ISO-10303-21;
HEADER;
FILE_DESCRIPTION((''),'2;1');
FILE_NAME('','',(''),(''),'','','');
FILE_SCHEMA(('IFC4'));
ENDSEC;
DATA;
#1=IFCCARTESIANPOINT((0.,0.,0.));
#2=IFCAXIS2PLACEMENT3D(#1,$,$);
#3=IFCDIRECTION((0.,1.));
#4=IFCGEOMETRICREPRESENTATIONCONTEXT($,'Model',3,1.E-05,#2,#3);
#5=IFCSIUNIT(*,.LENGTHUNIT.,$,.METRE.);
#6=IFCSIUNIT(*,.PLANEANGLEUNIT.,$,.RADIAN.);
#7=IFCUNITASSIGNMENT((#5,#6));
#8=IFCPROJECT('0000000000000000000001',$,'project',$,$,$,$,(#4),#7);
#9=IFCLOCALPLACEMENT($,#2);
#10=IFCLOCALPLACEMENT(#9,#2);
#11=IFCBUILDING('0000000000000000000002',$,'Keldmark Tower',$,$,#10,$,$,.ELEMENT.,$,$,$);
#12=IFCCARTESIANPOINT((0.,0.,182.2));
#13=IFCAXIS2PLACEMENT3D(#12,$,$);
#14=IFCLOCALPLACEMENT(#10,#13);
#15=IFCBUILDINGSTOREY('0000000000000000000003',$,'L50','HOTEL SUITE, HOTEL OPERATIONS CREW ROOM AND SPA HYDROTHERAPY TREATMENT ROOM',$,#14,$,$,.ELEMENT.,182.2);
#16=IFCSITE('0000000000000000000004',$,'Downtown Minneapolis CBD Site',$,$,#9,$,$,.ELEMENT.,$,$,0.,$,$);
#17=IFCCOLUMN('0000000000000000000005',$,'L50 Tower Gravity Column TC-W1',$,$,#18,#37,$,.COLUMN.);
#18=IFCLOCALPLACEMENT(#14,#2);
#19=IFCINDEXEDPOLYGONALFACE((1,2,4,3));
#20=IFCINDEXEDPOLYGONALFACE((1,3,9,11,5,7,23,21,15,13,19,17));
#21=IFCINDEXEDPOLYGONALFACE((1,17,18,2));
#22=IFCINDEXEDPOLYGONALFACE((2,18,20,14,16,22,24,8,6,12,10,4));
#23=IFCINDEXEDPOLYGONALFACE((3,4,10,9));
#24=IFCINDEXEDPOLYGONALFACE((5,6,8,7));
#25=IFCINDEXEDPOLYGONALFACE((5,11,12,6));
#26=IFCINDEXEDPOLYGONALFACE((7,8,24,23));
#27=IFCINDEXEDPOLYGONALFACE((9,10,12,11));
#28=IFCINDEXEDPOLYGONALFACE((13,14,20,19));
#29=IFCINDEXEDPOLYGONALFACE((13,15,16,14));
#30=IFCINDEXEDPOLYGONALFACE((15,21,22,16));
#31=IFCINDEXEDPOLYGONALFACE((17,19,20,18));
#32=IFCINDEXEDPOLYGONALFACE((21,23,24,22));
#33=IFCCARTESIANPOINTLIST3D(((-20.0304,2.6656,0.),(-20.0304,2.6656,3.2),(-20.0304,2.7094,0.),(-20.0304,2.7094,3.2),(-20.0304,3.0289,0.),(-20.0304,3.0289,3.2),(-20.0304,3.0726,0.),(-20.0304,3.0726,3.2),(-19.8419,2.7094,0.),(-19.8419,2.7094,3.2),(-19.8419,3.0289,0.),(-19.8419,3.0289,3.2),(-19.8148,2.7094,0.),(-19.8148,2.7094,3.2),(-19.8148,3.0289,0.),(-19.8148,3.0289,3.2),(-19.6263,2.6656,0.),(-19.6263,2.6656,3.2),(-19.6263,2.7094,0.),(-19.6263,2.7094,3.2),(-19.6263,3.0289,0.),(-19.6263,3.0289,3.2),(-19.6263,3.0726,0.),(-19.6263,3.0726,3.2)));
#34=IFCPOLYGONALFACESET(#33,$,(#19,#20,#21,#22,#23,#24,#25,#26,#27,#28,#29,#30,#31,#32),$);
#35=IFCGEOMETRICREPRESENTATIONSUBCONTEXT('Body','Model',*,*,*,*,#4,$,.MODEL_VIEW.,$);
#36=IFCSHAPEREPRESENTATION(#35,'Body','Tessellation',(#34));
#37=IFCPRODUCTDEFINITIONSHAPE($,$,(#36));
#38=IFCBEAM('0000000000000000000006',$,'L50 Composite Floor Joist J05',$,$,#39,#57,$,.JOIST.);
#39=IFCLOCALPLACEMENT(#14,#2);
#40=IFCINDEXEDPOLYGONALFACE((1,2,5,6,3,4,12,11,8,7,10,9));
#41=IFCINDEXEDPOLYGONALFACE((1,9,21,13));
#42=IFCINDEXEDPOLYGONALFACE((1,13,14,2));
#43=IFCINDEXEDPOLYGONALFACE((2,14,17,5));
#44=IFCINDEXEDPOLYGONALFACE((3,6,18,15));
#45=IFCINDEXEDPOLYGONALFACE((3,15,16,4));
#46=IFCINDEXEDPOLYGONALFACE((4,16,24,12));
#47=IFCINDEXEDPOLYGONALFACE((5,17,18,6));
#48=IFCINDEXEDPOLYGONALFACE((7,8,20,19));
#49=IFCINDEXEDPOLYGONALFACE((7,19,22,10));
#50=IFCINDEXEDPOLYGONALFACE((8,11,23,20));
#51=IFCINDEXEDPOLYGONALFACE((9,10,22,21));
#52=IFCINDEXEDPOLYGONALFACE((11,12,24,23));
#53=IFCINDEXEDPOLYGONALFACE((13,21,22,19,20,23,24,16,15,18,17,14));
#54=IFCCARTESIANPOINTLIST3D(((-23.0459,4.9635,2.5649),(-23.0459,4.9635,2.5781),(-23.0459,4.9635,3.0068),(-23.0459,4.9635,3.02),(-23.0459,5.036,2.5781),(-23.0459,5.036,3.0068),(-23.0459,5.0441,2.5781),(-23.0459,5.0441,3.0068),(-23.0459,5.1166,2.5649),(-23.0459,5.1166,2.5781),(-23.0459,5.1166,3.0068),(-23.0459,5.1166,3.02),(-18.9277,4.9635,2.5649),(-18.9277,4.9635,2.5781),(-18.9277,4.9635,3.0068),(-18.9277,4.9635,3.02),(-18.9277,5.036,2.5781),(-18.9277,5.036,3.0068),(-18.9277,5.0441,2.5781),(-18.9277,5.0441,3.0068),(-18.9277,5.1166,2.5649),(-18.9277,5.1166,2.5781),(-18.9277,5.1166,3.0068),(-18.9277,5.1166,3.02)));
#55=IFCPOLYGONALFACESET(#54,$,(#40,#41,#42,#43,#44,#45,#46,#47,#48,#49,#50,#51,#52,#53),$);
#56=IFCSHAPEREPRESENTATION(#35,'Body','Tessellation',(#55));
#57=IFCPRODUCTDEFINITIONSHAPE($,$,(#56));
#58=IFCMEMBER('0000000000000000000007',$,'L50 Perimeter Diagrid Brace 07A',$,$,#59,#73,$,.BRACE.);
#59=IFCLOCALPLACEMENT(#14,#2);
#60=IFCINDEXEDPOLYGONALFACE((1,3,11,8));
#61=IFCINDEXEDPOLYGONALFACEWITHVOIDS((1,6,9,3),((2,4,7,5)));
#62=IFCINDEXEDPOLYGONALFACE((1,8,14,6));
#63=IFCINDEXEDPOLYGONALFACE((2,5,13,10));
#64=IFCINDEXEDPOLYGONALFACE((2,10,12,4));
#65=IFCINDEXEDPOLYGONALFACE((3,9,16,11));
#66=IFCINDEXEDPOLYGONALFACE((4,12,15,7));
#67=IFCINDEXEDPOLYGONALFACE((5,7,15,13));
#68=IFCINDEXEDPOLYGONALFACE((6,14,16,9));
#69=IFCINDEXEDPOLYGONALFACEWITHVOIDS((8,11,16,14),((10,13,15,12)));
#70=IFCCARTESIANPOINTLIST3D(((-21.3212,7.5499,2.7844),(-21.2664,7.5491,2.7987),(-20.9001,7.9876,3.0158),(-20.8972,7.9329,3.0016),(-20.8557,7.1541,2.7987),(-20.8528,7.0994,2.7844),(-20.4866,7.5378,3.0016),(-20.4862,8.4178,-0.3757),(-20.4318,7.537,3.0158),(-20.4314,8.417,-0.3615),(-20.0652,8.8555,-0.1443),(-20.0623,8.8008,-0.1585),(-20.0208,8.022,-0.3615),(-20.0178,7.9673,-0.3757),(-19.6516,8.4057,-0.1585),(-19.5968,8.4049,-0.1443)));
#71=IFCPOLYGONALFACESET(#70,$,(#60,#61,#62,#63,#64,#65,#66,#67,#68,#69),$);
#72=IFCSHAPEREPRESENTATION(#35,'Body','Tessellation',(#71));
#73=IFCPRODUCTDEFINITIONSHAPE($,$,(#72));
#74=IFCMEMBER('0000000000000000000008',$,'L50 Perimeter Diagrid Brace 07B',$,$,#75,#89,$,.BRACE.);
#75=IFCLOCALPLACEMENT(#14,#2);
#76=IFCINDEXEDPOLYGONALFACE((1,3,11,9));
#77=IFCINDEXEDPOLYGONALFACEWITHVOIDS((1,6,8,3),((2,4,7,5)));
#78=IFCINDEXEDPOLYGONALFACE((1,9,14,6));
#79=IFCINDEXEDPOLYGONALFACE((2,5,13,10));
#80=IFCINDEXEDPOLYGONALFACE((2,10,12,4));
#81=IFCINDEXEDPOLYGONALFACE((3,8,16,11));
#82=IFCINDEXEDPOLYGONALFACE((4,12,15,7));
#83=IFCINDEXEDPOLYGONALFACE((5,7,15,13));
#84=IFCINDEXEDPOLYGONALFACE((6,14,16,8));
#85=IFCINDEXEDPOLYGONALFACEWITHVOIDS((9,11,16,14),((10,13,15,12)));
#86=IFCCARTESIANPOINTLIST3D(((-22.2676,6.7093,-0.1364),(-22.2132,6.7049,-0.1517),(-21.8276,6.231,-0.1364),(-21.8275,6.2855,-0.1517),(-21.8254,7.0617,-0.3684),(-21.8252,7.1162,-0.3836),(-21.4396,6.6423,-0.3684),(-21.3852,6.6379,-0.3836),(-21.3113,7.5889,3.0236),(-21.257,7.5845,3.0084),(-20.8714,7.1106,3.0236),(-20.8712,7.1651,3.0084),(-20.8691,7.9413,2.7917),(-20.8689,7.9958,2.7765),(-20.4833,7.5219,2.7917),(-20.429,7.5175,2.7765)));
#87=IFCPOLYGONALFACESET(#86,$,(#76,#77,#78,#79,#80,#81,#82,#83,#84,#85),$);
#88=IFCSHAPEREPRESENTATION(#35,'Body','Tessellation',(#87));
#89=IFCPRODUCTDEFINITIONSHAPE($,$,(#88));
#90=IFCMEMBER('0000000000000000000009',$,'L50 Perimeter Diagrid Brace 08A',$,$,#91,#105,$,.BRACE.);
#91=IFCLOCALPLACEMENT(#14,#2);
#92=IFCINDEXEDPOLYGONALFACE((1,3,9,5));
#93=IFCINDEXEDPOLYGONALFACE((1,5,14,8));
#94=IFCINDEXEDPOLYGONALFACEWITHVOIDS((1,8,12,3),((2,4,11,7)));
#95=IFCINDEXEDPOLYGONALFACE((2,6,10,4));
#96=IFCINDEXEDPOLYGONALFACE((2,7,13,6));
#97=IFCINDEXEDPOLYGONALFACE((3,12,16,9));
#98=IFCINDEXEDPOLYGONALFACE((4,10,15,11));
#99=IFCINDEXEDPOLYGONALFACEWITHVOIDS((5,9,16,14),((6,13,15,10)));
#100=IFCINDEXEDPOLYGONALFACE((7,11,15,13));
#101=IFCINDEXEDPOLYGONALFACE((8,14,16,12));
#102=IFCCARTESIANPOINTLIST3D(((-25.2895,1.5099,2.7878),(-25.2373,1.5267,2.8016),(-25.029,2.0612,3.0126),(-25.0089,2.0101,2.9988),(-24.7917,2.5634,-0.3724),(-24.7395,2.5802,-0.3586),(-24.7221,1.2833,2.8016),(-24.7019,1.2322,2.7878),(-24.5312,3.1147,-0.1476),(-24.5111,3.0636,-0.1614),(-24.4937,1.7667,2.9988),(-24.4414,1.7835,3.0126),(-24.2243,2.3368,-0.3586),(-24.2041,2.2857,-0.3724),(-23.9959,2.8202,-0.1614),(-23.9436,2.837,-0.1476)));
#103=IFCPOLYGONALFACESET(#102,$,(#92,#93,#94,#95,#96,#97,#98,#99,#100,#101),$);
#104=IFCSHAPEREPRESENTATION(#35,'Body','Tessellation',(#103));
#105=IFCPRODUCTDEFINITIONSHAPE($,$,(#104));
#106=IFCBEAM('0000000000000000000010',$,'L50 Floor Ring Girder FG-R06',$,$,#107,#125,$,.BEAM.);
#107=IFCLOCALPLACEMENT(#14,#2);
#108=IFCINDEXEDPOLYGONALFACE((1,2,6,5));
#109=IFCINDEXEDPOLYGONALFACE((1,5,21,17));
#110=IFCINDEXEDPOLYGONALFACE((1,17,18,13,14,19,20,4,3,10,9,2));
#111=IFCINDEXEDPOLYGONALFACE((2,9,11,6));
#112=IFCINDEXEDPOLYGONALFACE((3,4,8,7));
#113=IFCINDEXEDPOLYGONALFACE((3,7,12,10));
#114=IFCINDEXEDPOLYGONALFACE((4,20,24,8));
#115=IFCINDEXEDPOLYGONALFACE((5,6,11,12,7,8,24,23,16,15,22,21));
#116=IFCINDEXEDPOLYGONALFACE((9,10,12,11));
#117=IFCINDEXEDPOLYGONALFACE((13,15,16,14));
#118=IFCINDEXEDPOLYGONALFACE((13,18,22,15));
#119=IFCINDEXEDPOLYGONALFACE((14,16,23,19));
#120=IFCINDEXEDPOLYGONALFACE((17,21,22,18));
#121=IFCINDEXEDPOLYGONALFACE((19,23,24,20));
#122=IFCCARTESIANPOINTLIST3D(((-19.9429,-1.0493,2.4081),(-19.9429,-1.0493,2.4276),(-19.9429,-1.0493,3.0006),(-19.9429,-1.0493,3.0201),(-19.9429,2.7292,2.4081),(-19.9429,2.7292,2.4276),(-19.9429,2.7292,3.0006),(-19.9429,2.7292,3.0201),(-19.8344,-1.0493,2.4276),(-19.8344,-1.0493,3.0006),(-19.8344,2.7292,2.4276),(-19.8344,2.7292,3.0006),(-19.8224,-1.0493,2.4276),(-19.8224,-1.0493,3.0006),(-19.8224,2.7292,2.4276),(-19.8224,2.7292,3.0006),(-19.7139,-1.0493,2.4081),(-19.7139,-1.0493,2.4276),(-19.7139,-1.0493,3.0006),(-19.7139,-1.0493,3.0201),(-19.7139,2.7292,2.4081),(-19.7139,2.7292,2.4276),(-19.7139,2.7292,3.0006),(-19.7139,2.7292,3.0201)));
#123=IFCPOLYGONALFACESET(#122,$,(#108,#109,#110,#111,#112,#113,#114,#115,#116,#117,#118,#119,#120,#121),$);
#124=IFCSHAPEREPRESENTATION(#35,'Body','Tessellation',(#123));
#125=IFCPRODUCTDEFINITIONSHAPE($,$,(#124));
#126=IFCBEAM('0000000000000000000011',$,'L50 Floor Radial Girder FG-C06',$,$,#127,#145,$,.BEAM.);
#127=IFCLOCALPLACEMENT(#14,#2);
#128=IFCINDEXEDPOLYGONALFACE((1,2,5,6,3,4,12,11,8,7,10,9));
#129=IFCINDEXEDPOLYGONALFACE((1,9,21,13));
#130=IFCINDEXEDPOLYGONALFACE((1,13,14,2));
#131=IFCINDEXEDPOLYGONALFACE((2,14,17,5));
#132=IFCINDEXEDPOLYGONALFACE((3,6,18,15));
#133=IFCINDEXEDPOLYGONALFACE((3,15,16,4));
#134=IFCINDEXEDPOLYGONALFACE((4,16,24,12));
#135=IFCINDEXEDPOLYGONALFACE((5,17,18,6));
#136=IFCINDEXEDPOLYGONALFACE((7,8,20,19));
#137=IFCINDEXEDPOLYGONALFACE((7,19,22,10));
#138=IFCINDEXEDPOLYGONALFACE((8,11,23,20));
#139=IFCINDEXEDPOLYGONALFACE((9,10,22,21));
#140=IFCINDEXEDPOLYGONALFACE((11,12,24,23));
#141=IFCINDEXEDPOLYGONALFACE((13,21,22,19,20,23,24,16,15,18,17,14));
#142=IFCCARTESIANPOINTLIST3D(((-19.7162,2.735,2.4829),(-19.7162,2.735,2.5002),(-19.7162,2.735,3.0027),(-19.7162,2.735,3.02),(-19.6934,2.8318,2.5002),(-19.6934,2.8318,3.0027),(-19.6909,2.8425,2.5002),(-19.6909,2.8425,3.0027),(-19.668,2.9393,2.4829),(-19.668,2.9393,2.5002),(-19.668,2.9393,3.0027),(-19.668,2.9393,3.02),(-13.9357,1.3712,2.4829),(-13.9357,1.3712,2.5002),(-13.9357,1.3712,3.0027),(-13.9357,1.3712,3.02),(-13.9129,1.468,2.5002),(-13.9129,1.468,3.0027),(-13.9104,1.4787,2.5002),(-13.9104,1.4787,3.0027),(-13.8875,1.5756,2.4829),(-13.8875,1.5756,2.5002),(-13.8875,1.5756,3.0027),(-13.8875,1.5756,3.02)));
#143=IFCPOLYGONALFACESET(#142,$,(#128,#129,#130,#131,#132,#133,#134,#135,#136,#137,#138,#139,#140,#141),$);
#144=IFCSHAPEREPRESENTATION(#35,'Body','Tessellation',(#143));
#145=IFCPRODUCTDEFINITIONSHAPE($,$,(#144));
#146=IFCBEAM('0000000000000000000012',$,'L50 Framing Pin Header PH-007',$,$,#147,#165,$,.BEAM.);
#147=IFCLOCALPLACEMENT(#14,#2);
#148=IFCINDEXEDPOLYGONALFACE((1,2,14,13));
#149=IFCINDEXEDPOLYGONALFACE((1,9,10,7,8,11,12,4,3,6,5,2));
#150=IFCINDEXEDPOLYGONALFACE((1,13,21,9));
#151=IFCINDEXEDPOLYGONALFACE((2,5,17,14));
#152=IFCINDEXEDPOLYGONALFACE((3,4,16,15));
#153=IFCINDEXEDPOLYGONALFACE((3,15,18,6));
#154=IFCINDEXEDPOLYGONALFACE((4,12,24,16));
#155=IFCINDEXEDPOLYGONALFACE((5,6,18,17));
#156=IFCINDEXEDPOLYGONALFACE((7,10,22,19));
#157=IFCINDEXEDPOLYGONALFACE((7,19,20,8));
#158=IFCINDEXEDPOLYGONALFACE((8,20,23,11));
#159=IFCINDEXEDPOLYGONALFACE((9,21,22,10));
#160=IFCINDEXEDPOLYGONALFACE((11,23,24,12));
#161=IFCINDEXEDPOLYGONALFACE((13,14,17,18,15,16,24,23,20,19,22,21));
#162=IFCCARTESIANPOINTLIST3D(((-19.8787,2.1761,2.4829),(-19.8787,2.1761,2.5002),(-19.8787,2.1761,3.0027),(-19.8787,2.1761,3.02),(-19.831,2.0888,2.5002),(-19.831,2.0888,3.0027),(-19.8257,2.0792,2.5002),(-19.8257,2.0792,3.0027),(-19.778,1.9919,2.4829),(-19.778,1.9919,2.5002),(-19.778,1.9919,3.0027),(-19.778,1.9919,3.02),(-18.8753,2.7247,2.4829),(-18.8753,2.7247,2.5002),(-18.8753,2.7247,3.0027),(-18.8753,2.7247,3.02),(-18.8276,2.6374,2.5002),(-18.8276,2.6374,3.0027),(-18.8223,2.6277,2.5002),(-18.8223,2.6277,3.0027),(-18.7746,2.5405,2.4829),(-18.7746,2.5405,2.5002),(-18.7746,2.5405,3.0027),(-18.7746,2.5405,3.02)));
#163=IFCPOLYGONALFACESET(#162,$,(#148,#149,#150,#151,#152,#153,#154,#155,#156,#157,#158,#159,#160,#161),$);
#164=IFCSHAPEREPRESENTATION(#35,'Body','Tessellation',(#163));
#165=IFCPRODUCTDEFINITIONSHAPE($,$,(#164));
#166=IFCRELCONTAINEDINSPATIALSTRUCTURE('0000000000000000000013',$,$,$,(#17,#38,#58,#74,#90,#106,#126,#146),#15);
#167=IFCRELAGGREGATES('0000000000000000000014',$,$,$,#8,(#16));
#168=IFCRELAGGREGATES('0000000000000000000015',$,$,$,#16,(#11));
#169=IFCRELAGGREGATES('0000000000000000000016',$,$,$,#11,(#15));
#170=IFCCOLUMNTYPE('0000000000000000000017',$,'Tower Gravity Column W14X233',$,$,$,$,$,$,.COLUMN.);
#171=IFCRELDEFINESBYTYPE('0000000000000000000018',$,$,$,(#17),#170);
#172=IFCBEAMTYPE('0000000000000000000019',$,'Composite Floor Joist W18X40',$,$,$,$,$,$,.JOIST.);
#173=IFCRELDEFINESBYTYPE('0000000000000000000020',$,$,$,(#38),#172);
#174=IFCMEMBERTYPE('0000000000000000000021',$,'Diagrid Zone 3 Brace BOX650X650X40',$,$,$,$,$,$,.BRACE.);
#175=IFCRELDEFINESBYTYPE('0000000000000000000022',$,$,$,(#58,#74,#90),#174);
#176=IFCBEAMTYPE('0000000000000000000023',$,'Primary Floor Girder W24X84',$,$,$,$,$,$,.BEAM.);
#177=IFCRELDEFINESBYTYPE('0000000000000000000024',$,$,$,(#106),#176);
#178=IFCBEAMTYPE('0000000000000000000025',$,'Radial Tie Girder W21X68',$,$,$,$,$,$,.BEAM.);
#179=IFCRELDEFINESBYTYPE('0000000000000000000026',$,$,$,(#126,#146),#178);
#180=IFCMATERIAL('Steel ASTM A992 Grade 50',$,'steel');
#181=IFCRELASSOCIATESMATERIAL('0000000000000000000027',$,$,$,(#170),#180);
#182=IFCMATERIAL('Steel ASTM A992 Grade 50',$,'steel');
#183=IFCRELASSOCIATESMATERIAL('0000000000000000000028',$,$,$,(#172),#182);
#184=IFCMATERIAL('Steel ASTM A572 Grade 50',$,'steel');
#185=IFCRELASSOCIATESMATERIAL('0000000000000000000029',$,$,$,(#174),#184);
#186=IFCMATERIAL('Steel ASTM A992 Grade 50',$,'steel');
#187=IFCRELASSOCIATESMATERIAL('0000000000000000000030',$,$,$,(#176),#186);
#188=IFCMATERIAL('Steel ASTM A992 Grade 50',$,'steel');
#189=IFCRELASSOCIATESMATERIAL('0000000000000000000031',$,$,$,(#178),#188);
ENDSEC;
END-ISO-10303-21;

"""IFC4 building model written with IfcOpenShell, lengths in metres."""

from ifc_helpers import new_model, si_unit, direction, frame, origin, origin_2d, place, context, subcontext, project, spatial, hollow_rectangle, i_section, extrude, material, material_profile, profile_set, type_object, element, save


model = new_model("IFC4")

# Units and contexts
model_context = context("Model", 3, precision=1e-05, world=origin(), true_north=direction((0.0, 1.0)))
body_context = subcontext(model_context, "Body", "Model", "MODEL_VIEW")
ifc_project = project(units=[si_unit("LENGTHUNIT", "METRE"), si_unit("PLANEANGLEUNIT", "RADIAN")], contexts=[model_context])

# Site, building, storey
site_placement = place(None, origin())
site = spatial("IfcSite", under=ifc_project, at=site_placement, Name="Downtown Minneapolis CBD Site", CompositionType="ELEMENT", RefElevation=0.0)
building_placement = place(site_placement, origin())
building = spatial("IfcBuilding", under=site, at=building_placement, Name="Keldmark Tower", CompositionType="ELEMENT")
storey_placement = place(building_placement, frame((0.0, 0.0, 182.2)))
storey = spatial("IfcBuildingStorey", under=building, at=storey_placement, Name="L50", Description="HOTEL SUITE, HOTEL OPERATIONS CREW ROOM AND SPA HYDROTHERAPY TREATMENT ROOM", CompositionType="ELEMENT", Elevation=182.2)

# Column
ifc_material_1 = material(Name="Steel ASTM A992 Grade 50", Category="steel")
ifc_material_profile_1 = material_profile(ifc_material_1, i_section(OverallWidth=0.4041, OverallDepth=0.407, WebThickness=0.0271, FlangeThickness=0.0437, at=origin_2d()), Name="W14X233")
ifc_profile_set_1 = profile_set([ifc_material_profile_1], Name="Steel ASTM A992 Grade 50")
column_type = type_object("IfcColumnType", Name="Tower Gravity Column W14X233", PredefinedType="COLUMN", material=ifc_profile_set_1)
column_placement = place(storey_placement, frame((-19.8284, 2.8691, 0.0), z_axis=(0.0, 0.0, 1.0), x_axis=(1.0, 0.0, 0.0)))
element("IfcColumn", 1, at=column_placement, inside=storey, type_object=column_type, Name="L50 Tower Gravity Column TC-W1", PredefinedType="COLUMN", context=body_context, shape_type="SweptSolid", body=[
    extrude(i_section(OverallWidth=0.4041, OverallDepth=0.407, WebThickness=0.0271, FlangeThickness=0.0437, at=origin_2d()), origin(), (0.0, 0.0, 1.0), 3.2),
])

# Beam
ifc_material_2 = material(Name="Steel ASTM A992 Grade 50", Category="steel")
ifc_material_profile_2 = material_profile(ifc_material_2, i_section(OverallWidth=0.1531, OverallDepth=0.4551, WebThickness=0.0081, FlangeThickness=0.0132, at=origin_2d()), Name="W18X40")
ifc_profile_set_2 = profile_set([ifc_material_profile_2], Name="Steel ASTM A992 Grade 50")
beam_type_1 = type_object("IfcBeamType", Name="Composite Floor Joist W18X40", PredefinedType="JOIST", material=ifc_profile_set_2)
beam_1_placement = place(storey_placement, frame((-23.0459, 5.04, 2.7925), z_axis=(1.0, 0.0, 0.0), x_axis=(0.0, 1.0, 0.0)))
element("IfcBeam", 2, at=beam_1_placement, inside=storey, type_object=beam_type_1, Name="L50 Composite Floor Joist J05", PredefinedType="JOIST", context=body_context, shape_type="SweptSolid", body=[
    extrude(i_section(OverallWidth=0.1531, OverallDepth=0.4551, WebThickness=0.0081, FlangeThickness=0.0132, at=origin_2d()), origin(), (0.0, 0.0, 1.0), 4.1182),
])

# Members
ifc_material_3 = material(Name="Steel ASTM A572 Grade 50", Category="steel")
ifc_material_profile_3 = material_profile(ifc_material_3, hollow_rectangle(XDim=0.6499, YDim=0.6499, WallThickness=0.04, at=origin_2d()), Name="BOX650X650X40")
ifc_profile_set_3 = profile_set([ifc_material_profile_3], Name="Steel ASTM A572 Grade 50")
member_type = type_object("IfcMemberType", Name="Diagrid Zone 3 Brace BOX650X650X40", PredefinedType="BRACE", material=ifc_profile_set_3)
member_1_placement = place(storey_placement, frame((-20.0415, 8.4114, -0.26), z_axis=(-0.246893, -0.256639, 0.934441), x_axis=(0.720658, -0.693291, 0.0)))
element("IfcMember", 3, at=member_1_placement, inside=storey, type_object=member_type, Name="L50 Perimeter Diagrid Brace 07A", PredefinedType="BRACE", context=body_context, shape_type="SweptSolid", body=[
    extrude(hollow_rectangle(XDim=0.6499, YDim=0.6499, WallThickness=0.04, at=origin_2d()), origin(), (0.0, 0.0, 1.0), 3.3818),
])
member_2_placement = place(storey_placement, frame((-21.8264, 6.6736, -0.26), z_axis=(0.279877, 0.257441, 0.924874), x_axis=(-0.676991, 0.735991, 0.0)))
element("IfcMember", 4, at=member_2_placement, inside=storey, type_object=member_type, Name="L50 Perimeter Diagrid Brace 07B", PredefinedType="BRACE", context=body_context, shape_type="SweptSolid", body=[
    extrude(hollow_rectangle(XDim=0.6499, YDim=0.6499, WallThickness=0.04, at=origin_2d()), origin(), (0.0, 0.0, 1.0), 3.4167),
])
member_3_placement = place(storey_placement, frame((-24.3677, 2.7002, -0.26), z_axis=(-0.147799, -0.312777, 0.938257), x_axis=(0.904138, -0.427239, 0.0)))
element("IfcMember", 5, at=member_3_placement, inside=storey, type_object=member_type, Name="L50 Perimeter Diagrid Brace 08A", PredefinedType="BRACE", context=body_context, shape_type="SweptSolid", body=[
    extrude(hollow_rectangle(XDim=0.6499, YDim=0.6499, WallThickness=0.04, at=origin_2d()), origin(), (0.0, 0.0, 1.0), 3.3682),
])

# Beams
ifc_material_4 = material(Name="Steel ASTM A992 Grade 50", Category="steel")
ifc_material_profile_4 = material_profile(ifc_material_4, i_section(OverallWidth=0.229, OverallDepth=0.6121, WebThickness=0.012, FlangeThickness=0.0195, at=origin_2d()), Name="W24X84")
ifc_profile_set_4 = profile_set([ifc_material_profile_4], Name="Steel ASTM A992 Grade 50")
beam_type_2 = type_object("IfcBeamType", Name="Primary Floor Girder W24X84", PredefinedType="BEAM", material=ifc_profile_set_4)
beam_2_placement = place(storey_placement, frame((-19.8284, 2.7292, 2.7141), z_axis=(0.0, -1.0, 0.0), x_axis=(1.0, 0.0, 0.0)))
element("IfcBeam", 6, at=beam_2_placement, inside=storey, type_object=beam_type_2, Name="L50 Floor Ring Girder FG-R06", PredefinedType="BEAM", context=body_context, shape_type="SweptSolid", body=[
    extrude(i_section(OverallWidth=0.229, OverallDepth=0.6121, WebThickness=0.012, FlangeThickness=0.0195, at=origin_2d()), origin(), (0.0, 0.0, 1.0), 3.7786),
])
ifc_material_5 = material(Name="Steel ASTM A992 Grade 50", Category="steel")
ifc_material_profile_5 = material_profile(ifc_material_5, i_section(OverallWidth=0.21, OverallDepth=0.5371, WebThickness=0.011, FlangeThickness=0.0173, at=origin_2d()), Name="W21X68")
ifc_profile_set_5 = profile_set([ifc_material_profile_5], Name="Steel ASTM A992 Grade 50")
beam_type_3 = type_object("IfcBeamType", Name="Radial Tie Girder W21X68", PredefinedType="BEAM", material=ifc_profile_set_5)
beam_3_placement = place(storey_placement, frame((-19.6921, 2.8372, 2.7515), z_axis=(0.97328, -0.229621, 0.0), x_axis=(0.229621, 0.97328, 0.0)))
element("IfcBeam", 7, at=beam_3_placement, inside=storey, type_object=beam_type_3, Name="L50 Floor Radial Girder FG-C06", PredefinedType="BEAM", context=body_context, shape_type="SweptSolid", body=[
    extrude(i_section(OverallWidth=0.21, OverallDepth=0.5371, WebThickness=0.011, FlangeThickness=0.0173, at=origin_2d()), origin(), (0.0, 0.0, 1.0), 5.9392),
])
beam_4_placement = place(storey_placement, frame((-18.825, 2.6326, 2.7515), z_axis=(-0.87743, -0.479704, 0.0), x_axis=(0.479704, -0.87743, 0.0)))
element("IfcBeam", 8, at=beam_4_placement, inside=storey, type_object=beam_type_3, Name="L50 Framing Pin Header PH-007", PredefinedType="BEAM", context=body_context, shape_type="SweptSolid", body=[
    extrude(i_section(OverallWidth=0.21, OverallDepth=0.5371, WebThickness=0.011, FlangeThickness=0.0173, at=origin_2d()), origin(), (0.0, 0.0, 1.0), 1.1436),
])

save(model, "model.ifc")
